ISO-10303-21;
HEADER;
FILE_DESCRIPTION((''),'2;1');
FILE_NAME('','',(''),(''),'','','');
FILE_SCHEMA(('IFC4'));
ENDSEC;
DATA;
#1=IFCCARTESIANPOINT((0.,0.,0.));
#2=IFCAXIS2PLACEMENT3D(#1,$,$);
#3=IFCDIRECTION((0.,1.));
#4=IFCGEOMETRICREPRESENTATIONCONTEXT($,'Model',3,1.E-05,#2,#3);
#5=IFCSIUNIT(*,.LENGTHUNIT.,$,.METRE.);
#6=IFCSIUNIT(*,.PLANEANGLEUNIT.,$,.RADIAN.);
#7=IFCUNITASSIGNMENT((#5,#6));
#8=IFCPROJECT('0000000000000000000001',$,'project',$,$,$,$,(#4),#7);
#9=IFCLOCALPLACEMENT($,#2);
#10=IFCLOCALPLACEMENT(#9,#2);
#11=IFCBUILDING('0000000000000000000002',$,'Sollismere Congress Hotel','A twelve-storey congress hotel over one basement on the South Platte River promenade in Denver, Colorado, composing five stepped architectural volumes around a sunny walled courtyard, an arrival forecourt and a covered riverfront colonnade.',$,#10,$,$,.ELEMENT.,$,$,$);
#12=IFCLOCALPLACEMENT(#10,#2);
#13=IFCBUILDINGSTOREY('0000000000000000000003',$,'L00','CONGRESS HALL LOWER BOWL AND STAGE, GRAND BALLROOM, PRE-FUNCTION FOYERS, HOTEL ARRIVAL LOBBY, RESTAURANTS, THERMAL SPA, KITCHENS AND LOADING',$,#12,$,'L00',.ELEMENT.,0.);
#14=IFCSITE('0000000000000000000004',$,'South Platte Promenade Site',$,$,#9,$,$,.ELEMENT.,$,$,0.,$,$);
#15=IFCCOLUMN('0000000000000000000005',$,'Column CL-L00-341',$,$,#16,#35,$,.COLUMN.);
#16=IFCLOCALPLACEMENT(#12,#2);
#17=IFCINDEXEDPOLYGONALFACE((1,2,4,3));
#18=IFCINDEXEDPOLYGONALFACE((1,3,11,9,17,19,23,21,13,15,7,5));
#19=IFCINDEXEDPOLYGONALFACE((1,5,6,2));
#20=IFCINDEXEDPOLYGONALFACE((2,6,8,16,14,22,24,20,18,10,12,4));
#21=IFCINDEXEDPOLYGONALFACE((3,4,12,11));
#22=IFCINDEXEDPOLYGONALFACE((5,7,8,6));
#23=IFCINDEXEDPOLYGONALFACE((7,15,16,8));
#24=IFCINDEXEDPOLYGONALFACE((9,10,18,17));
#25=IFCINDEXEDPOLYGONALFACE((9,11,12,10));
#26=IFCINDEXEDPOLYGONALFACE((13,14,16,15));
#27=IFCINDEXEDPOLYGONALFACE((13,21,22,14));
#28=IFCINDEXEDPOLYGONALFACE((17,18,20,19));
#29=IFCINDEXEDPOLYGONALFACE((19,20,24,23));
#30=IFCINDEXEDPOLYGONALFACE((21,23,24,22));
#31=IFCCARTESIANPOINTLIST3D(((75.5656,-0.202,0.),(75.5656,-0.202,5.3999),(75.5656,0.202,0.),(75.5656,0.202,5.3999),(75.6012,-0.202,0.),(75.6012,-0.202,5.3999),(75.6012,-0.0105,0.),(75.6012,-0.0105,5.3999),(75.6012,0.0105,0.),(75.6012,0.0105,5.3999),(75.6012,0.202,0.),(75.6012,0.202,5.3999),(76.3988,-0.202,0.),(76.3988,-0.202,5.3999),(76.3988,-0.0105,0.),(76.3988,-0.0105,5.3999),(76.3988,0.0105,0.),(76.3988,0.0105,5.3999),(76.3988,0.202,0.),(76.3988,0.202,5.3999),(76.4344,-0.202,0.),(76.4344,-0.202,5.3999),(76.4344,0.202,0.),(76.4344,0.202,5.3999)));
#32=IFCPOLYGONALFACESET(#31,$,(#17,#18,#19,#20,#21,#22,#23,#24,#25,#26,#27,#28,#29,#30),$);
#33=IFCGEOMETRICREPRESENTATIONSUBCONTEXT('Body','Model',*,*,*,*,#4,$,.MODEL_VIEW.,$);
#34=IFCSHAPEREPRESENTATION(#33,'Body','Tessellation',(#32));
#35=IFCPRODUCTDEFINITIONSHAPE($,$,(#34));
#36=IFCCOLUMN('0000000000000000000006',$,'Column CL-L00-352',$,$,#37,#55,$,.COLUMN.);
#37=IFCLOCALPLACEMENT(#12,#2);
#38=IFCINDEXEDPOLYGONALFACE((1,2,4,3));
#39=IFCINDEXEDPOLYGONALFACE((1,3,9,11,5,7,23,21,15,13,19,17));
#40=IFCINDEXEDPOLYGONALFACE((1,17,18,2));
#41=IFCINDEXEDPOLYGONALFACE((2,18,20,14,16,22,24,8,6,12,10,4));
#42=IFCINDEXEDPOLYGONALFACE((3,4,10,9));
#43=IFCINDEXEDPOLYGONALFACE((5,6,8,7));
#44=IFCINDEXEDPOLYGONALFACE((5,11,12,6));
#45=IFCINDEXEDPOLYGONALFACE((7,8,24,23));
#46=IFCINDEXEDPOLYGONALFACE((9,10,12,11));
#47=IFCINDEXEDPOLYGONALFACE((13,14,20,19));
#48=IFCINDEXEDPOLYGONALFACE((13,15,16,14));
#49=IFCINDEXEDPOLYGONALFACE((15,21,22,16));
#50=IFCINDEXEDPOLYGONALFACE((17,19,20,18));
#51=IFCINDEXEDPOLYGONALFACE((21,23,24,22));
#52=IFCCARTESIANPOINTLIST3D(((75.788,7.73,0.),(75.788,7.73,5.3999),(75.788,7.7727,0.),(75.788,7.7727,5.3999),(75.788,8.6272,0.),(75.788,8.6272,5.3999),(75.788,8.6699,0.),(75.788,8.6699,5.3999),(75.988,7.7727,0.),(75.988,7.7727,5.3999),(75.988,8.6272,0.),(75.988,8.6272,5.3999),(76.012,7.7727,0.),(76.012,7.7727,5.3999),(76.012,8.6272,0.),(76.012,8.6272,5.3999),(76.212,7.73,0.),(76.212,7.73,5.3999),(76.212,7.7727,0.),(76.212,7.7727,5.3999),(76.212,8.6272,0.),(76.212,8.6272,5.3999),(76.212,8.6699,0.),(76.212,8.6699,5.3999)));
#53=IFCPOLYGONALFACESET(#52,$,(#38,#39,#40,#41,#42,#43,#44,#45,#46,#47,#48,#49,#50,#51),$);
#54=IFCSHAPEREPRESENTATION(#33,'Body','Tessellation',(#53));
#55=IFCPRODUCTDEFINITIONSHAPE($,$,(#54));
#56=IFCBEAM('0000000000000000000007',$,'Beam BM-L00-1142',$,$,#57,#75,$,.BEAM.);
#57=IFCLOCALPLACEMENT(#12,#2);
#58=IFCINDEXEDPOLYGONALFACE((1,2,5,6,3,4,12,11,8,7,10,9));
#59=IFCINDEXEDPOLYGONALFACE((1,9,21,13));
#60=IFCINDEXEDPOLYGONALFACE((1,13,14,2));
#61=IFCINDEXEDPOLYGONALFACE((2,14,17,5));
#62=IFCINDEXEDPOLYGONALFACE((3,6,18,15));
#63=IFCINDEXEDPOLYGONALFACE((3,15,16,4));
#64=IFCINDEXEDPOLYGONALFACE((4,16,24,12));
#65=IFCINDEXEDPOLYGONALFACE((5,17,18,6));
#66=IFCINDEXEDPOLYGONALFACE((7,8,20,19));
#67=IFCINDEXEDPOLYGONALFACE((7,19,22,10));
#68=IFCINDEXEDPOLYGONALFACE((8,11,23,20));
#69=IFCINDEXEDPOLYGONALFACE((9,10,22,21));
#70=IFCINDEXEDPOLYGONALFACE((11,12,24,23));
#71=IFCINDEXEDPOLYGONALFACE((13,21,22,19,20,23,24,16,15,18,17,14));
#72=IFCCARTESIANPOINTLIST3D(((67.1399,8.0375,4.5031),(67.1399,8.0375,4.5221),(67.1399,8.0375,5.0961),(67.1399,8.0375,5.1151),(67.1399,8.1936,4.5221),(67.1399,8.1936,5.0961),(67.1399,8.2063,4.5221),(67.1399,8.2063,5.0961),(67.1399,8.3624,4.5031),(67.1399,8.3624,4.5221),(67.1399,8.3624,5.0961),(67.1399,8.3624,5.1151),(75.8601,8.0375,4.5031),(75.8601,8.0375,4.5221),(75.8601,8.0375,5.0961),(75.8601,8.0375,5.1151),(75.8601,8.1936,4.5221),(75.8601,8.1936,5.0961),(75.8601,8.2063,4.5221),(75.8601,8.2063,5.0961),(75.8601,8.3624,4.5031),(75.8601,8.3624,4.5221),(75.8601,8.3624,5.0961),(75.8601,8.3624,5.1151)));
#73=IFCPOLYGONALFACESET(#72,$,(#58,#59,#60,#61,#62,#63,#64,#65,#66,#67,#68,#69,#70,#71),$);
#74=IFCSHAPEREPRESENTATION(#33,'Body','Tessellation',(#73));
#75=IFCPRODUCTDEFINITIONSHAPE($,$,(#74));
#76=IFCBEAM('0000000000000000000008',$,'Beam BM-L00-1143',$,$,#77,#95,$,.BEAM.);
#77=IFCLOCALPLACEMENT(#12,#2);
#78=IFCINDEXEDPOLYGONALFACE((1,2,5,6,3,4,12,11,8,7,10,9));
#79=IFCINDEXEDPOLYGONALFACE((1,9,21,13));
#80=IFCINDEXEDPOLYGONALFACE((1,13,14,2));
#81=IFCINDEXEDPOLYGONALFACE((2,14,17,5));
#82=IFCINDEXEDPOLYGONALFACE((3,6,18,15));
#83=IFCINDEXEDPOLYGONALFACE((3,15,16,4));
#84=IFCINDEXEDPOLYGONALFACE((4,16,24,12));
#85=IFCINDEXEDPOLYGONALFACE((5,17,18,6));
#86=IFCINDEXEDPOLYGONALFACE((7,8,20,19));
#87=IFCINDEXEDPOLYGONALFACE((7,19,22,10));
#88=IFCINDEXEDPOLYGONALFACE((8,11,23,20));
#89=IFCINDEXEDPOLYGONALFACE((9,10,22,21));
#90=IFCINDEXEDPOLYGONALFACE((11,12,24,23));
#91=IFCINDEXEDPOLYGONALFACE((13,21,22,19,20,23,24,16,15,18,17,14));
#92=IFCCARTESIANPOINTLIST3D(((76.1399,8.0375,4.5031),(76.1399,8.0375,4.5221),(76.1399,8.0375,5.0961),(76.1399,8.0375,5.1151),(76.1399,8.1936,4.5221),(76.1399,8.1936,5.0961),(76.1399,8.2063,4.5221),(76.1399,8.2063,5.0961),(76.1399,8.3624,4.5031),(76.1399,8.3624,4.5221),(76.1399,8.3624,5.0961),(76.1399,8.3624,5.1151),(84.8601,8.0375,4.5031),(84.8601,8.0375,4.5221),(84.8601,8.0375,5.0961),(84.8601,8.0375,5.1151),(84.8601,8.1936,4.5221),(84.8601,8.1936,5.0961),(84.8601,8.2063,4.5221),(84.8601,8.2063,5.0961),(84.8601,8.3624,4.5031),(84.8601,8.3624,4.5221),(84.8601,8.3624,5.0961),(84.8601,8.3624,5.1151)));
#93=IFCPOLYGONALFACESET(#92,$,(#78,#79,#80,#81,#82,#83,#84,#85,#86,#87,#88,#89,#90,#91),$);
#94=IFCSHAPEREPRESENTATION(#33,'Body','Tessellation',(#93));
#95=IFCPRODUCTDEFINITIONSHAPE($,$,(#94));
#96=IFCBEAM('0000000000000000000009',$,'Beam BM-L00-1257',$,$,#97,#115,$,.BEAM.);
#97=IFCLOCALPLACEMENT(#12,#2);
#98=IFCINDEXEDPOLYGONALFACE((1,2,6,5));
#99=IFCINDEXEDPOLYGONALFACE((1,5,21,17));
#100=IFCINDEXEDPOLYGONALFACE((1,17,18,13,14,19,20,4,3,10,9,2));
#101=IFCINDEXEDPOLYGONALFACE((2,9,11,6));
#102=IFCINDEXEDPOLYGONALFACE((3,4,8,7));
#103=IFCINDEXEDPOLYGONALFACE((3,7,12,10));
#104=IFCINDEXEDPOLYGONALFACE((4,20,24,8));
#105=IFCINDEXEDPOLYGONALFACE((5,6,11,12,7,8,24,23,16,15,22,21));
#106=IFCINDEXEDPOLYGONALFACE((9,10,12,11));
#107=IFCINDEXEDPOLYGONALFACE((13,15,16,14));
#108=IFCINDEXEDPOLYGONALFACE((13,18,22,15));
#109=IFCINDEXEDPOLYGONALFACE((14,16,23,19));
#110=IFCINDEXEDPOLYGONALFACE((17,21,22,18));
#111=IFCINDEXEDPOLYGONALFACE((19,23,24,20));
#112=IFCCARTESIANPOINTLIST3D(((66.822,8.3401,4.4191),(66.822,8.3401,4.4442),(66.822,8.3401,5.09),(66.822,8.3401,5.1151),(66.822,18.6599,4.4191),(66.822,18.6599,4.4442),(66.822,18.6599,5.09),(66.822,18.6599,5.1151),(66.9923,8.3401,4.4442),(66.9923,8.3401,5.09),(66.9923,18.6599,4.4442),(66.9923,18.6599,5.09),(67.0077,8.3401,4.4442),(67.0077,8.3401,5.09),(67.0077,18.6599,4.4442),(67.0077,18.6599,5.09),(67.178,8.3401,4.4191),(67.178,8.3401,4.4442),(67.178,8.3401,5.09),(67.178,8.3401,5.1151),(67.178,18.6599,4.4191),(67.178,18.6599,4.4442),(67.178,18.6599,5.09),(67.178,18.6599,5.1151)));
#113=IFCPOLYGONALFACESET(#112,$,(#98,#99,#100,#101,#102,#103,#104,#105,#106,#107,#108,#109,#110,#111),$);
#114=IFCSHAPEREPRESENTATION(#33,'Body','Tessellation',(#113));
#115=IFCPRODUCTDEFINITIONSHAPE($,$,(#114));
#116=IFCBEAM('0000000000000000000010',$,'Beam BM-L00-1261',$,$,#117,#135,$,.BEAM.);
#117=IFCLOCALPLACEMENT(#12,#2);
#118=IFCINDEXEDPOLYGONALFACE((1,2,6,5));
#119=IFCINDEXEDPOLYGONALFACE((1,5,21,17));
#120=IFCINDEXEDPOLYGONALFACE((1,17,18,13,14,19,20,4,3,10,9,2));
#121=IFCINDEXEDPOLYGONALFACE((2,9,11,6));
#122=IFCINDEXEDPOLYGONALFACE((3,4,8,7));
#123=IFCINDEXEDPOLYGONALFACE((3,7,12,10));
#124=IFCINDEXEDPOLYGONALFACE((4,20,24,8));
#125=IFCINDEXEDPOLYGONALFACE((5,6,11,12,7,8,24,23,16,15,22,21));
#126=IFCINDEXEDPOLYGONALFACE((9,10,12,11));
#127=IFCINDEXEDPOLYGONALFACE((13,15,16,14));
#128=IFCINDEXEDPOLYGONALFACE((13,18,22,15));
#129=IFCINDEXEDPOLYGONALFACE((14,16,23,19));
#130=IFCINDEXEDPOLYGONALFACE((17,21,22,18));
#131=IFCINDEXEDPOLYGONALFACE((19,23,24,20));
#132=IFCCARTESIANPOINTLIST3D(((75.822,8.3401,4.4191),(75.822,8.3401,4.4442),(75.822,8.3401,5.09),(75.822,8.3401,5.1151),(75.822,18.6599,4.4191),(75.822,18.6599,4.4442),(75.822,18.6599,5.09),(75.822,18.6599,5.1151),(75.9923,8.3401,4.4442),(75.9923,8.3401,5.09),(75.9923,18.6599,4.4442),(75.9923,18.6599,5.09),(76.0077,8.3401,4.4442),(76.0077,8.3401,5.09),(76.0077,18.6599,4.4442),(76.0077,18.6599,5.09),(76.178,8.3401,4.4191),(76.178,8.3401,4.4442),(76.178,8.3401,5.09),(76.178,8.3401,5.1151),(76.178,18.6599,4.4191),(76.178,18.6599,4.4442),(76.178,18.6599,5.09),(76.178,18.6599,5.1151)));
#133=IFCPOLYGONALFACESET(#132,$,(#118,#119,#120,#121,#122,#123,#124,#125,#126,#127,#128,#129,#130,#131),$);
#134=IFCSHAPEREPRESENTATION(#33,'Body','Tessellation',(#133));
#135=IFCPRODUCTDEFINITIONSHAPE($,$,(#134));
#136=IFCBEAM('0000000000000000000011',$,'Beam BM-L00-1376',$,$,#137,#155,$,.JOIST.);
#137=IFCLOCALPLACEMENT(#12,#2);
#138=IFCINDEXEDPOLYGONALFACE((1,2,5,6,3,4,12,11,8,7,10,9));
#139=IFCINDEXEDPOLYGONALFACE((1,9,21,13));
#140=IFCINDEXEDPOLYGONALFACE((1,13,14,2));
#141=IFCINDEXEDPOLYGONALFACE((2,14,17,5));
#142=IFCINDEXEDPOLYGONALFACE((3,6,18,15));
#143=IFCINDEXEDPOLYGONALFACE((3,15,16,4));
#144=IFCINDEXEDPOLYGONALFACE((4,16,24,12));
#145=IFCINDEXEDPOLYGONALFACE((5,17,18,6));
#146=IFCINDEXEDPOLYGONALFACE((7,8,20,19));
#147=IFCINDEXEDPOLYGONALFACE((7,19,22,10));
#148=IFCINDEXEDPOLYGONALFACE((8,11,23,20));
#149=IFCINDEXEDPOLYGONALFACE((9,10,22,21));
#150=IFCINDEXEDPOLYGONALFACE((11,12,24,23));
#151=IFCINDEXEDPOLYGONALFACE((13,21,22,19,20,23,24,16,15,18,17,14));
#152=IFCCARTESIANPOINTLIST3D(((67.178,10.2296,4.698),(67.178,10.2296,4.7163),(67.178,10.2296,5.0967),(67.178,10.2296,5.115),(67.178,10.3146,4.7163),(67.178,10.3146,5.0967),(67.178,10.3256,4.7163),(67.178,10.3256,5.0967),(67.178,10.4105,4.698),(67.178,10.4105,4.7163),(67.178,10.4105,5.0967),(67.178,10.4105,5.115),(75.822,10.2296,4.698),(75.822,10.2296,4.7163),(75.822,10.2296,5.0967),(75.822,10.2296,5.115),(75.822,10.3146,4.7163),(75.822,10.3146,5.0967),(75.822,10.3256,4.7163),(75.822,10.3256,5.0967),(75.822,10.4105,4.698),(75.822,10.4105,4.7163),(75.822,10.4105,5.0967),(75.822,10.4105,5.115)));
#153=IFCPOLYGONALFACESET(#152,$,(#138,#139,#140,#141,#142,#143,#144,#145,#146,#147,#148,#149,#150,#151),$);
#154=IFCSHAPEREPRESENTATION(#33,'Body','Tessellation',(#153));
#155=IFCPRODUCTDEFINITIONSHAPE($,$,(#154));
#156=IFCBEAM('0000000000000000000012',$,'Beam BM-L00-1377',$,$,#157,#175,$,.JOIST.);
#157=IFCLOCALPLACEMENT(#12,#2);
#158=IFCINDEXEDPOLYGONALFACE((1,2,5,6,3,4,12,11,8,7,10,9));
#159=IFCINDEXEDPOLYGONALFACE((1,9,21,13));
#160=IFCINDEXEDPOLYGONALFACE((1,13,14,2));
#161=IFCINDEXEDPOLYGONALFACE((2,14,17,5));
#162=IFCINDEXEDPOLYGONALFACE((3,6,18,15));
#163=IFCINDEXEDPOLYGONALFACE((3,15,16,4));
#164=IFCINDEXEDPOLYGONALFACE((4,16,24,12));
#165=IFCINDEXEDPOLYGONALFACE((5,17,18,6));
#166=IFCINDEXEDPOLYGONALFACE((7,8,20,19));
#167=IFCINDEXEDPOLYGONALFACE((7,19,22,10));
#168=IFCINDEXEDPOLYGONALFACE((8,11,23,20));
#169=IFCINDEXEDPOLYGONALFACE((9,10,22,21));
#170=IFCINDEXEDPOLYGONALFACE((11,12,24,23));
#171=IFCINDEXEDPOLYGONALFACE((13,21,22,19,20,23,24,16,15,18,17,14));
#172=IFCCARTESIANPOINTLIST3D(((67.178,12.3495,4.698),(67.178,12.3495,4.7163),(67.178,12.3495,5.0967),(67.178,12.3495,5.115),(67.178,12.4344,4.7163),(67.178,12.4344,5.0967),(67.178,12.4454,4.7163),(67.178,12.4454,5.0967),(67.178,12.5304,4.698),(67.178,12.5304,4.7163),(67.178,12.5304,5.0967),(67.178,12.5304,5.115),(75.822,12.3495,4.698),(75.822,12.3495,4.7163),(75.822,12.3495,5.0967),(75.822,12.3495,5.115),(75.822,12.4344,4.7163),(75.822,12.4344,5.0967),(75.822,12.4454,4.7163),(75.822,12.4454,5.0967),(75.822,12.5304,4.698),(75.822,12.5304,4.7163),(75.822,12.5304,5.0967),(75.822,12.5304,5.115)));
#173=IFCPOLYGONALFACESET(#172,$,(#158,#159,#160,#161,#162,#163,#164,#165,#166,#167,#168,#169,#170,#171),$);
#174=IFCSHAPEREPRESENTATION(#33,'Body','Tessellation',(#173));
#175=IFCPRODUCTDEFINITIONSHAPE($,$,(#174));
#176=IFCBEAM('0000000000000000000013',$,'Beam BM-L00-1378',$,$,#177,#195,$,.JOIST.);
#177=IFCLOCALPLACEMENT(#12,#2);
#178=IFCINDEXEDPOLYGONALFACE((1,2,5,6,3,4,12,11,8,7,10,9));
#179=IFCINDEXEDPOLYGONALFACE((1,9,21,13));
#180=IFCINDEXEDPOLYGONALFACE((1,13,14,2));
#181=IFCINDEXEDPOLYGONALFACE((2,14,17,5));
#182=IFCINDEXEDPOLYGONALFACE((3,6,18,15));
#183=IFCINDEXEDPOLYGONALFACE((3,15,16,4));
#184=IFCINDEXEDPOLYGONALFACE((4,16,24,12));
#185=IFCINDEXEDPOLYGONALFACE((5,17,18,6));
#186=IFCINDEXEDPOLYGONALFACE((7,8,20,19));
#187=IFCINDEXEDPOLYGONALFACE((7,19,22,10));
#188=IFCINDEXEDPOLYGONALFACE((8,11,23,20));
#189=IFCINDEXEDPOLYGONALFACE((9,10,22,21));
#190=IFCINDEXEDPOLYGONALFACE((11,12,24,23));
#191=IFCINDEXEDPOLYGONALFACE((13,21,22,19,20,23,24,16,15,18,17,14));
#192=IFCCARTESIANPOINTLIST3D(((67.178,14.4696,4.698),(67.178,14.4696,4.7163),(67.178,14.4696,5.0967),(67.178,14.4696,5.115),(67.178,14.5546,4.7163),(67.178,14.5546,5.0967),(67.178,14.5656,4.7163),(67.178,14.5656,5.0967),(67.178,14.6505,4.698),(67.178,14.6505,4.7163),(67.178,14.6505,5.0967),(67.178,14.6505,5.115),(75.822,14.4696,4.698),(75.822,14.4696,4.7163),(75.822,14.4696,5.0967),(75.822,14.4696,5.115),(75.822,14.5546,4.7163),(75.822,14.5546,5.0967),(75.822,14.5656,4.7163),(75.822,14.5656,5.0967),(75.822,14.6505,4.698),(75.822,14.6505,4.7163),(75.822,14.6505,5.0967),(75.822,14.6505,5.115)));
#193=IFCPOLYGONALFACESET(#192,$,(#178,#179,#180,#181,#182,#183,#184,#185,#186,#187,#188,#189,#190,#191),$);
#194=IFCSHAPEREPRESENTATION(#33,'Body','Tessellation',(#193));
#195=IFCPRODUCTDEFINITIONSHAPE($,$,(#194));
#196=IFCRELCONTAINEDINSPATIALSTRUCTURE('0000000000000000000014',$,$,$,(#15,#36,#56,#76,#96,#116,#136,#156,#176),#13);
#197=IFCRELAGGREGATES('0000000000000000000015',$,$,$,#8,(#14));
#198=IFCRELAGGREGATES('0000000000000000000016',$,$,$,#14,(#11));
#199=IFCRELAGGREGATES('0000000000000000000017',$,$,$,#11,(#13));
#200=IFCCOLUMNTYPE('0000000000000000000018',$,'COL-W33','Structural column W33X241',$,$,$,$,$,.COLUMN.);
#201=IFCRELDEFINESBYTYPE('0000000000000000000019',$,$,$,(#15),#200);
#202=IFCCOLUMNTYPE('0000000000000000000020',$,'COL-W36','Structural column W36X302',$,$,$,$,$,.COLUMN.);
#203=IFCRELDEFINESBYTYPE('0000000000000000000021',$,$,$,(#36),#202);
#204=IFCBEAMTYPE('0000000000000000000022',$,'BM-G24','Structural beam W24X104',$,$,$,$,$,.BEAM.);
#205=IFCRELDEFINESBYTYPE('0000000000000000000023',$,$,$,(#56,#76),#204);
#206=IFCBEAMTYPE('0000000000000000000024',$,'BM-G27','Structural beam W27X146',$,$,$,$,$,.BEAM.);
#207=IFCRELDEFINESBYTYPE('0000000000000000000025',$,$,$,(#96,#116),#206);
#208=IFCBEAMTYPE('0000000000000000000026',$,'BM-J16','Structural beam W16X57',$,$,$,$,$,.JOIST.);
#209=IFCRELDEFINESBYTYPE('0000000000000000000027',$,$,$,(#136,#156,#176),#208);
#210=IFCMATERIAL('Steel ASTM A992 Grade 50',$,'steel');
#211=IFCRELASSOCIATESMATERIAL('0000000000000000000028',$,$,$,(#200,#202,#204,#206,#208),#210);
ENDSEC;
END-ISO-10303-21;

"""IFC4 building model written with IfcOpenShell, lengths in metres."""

from ifc_helpers import new_model, si_unit, direction, frame, origin, origin_2d, place, context, subcontext, project, spatial, i_section, extrude, material, material_profile, profile_set, type_object, element, save


model = new_model("IFC4")

# Units and contexts
model_context = context("Model", 3, precision=1e-05, world=origin(), true_north=direction((0.0, 1.0)))
body_context = subcontext(model_context, "Body", "Model", "MODEL_VIEW")
ifc_project = project(units=[si_unit("LENGTHUNIT", "METRE"), si_unit("PLANEANGLEUNIT", "RADIAN")], contexts=[model_context])

# Site, building, storey
site_placement = place(None, origin())
site = spatial("IfcSite", under=ifc_project, at=site_placement, Name="South Platte Promenade Site", CompositionType="ELEMENT", RefElevation=0.0)
building_placement = place(site_placement, origin())
building = spatial("IfcBuilding", under=site, at=building_placement, Name="Sollismere Congress Hotel", Description="A twelve-storey congress hotel over one basement on the South Platte River promenade in Denver, Colorado, composing five stepped architectural volumes around a sunny walled courtyard, an arrival forecourt and a covered riverfront colonnade.", CompositionType="ELEMENT")
storey_placement = place(building_placement, origin())
storey = spatial("IfcBuildingStorey", under=building, at=storey_placement, Name="L00", Description="CONGRESS HALL LOWER BOWL AND STAGE, GRAND BALLROOM, PRE-FUNCTION FOYERS, HOTEL ARRIVAL LOBBY, RESTAURANTS, THERMAL SPA, KITCHENS AND LOADING", LongName="L00", CompositionType="ELEMENT", Elevation=0.0)

# Columns
ifc_material_1 = material(Name="Steel ASTM A992 Grade 50", Category="steel")
ifc_material_profile_1 = material_profile(ifc_material_1, i_section(OverallWidth=0.4041, OverallDepth=0.8689, WebThickness=0.021, FlangeThickness=0.0356, at=origin_2d()), Name="W33X241")
ifc_profile_set_1 = profile_set([ifc_material_profile_1], Name="Steel ASTM A992 Grade 50")
column_type_1 = type_object("IfcColumnType", Name="COL-W33", Description="Structural column W33X241", PredefinedType="COLUMN", material=ifc_profile_set_1)
column_1_placement = place(storey_placement, frame((76.0, 0.0, 0.0), z_axis=(0.0, 0.0, 1.0), x_axis=(0.0, 1.0, 0.0)))
element("IfcColumn", 1, at=column_1_placement, inside=storey, type_object=column_type_1, Name="Column CL-L00-341", PredefinedType="COLUMN", context=body_context, shape_type="SweptSolid", body=[
    extrude(i_section(OverallWidth=0.4041, OverallDepth=0.8689, WebThickness=0.021, FlangeThickness=0.0356, at=origin_2d()), origin(), (0.0, 0.0, 1.0), 5.3999),
])
ifc_material_profile_2 = material_profile(ifc_material_1, i_section(OverallWidth=0.4241, OverallDepth=0.9399, WebThickness=0.0239, FlangeThickness=0.0427, at=origin_2d()), Name="W36X302")
ifc_profile_set_2 = profile_set([ifc_material_profile_2], Name="Steel ASTM A992 Grade 50")
column_type_2 = type_object("IfcColumnType", Name="COL-W36", Description="Structural column W36X302", PredefinedType="COLUMN", material=ifc_profile_set_2)
column_2_placement = place(storey_placement, frame((76.0, 8.2, 0.0), z_axis=(0.0, 0.0, 1.0), x_axis=(1.0, 0.0, 0.0)))
element("IfcColumn", 2, at=column_2_placement, inside=storey, type_object=column_type_2, Name="Column CL-L00-352", PredefinedType="COLUMN", context=body_context, shape_type="SweptSolid", body=[
    extrude(i_section(OverallWidth=0.4241, OverallDepth=0.9399, WebThickness=0.0239, FlangeThickness=0.0427, at=origin_2d()), origin(), (0.0, 0.0, 1.0), 5.3999),
])

# Beams
ifc_material_profile_3 = material_profile(ifc_material_1, i_section(OverallWidth=0.325, OverallDepth=0.6121, WebThickness=0.0127, FlangeThickness=0.019, at=origin_2d()), Name="W24X104")
ifc_profile_set_3 = profile_set([ifc_material_profile_3], Name="Steel ASTM A992 Grade 50")
beam_type_1 = type_object("IfcBeamType", Name="BM-G24", Description="Structural beam W24X104", PredefinedType="BEAM", material=ifc_profile_set_3)
for number, where, z_axis, x_axis, name in (
    (3, (67.1399, 8.2, 4.8091), (1.0, 0.0, 0.0), (0.0, 1.0, 0.0), "Beam BM-L00-1142"),
    (4, (76.1399, 8.2, 4.8091), (1.0, 0.0, 0.0), (0.0, 1.0, 0.0), "Beam BM-L00-1143"),
):
    element("IfcBeam", number, at=place(storey_placement, frame(where, z_axis=z_axis, x_axis=x_axis)), inside=storey, type_object=beam_type_1, Name=name, PredefinedType="BEAM", context=body_context, shape_type="SweptSolid", body=[
        extrude(i_section(OverallWidth=0.325, OverallDepth=0.6121, WebThickness=0.0127, FlangeThickness=0.019, at=origin_2d()), origin(), (0.0, 0.0, 1.0), 8.7202),
    ])
ifc_material_profile_4 = material_profile(ifc_material_1, i_section(OverallWidth=0.356, OverallDepth=0.696, WebThickness=0.0154, FlangeThickness=0.0251, at=origin_2d()), Name="W27X146")
ifc_profile_set_4 = profile_set([ifc_material_profile_4], Name="Steel ASTM A992 Grade 50")
beam_type_2 = type_object("IfcBeamType", Name="BM-G27", Description="Structural beam W27X146", PredefinedType="BEAM", material=ifc_profile_set_4)
for number, where, z_axis, x_axis, name in (
    (5, (67.0, 8.3401, 4.7671), (0.0, 1.0, 0.0), (-1.0, 0.0, 0.0), "Beam BM-L00-1257"),
    (6, (76.0, 8.3401, 4.7671), (0.0, 1.0, 0.0), (-1.0, 0.0, 0.0), "Beam BM-L00-1261"),
):
    element("IfcBeam", number, at=place(storey_placement, frame(where, z_axis=z_axis, x_axis=x_axis)), inside=storey, type_object=beam_type_2, Name=name, PredefinedType="BEAM", context=body_context, shape_type="SweptSolid", body=[
        extrude(i_section(OverallWidth=0.356, OverallDepth=0.696, WebThickness=0.0154, FlangeThickness=0.0251, at=origin_2d()), origin(), (0.0, 0.0, 1.0), 10.3198),
    ])
ifc_material_profile_5 = material_profile(ifc_material_1, i_section(OverallWidth=0.1809, OverallDepth=0.417, WebThickness=0.011, FlangeThickness=0.0183, at=origin_2d()), Name="W16X57")
ifc_profile_set_5 = profile_set([ifc_material_profile_5], Name="Steel ASTM A992 Grade 50")
beam_type_3 = type_object("IfcBeamType", Name="BM-J16", Description="Structural beam W16X57", PredefinedType="JOIST", material=ifc_profile_set_5)
for number, where, z_axis, x_axis, name in (
    (7, (67.178, 10.3201, 4.9065), (1.0, 0.0, 0.0), (0.0, 1.0, 0.0), "Beam BM-L00-1376"),
    (8, (67.178, 12.4399, 4.9065), (1.0, 0.0, 0.0), (0.0, 1.0, 0.0), "Beam BM-L00-1377"),
    (9, (67.178, 14.5601, 4.9065), (1.0, 0.0, 0.0), (0.0, 1.0, 0.0), "Beam BM-L00-1378"),
):
    element("IfcBeam", number, at=place(storey_placement, frame(where, z_axis=z_axis, x_axis=x_axis)), inside=storey, type_object=beam_type_3, Name=name, PredefinedType="JOIST", context=body_context, shape_type="SweptSolid", body=[
        extrude(i_section(OverallWidth=0.1809, OverallDepth=0.417, WebThickness=0.011, FlangeThickness=0.0183, at=origin_2d()), origin(), (0.0, 0.0, 1.0), 8.644),
    ])

save(model, "model.ifc")
